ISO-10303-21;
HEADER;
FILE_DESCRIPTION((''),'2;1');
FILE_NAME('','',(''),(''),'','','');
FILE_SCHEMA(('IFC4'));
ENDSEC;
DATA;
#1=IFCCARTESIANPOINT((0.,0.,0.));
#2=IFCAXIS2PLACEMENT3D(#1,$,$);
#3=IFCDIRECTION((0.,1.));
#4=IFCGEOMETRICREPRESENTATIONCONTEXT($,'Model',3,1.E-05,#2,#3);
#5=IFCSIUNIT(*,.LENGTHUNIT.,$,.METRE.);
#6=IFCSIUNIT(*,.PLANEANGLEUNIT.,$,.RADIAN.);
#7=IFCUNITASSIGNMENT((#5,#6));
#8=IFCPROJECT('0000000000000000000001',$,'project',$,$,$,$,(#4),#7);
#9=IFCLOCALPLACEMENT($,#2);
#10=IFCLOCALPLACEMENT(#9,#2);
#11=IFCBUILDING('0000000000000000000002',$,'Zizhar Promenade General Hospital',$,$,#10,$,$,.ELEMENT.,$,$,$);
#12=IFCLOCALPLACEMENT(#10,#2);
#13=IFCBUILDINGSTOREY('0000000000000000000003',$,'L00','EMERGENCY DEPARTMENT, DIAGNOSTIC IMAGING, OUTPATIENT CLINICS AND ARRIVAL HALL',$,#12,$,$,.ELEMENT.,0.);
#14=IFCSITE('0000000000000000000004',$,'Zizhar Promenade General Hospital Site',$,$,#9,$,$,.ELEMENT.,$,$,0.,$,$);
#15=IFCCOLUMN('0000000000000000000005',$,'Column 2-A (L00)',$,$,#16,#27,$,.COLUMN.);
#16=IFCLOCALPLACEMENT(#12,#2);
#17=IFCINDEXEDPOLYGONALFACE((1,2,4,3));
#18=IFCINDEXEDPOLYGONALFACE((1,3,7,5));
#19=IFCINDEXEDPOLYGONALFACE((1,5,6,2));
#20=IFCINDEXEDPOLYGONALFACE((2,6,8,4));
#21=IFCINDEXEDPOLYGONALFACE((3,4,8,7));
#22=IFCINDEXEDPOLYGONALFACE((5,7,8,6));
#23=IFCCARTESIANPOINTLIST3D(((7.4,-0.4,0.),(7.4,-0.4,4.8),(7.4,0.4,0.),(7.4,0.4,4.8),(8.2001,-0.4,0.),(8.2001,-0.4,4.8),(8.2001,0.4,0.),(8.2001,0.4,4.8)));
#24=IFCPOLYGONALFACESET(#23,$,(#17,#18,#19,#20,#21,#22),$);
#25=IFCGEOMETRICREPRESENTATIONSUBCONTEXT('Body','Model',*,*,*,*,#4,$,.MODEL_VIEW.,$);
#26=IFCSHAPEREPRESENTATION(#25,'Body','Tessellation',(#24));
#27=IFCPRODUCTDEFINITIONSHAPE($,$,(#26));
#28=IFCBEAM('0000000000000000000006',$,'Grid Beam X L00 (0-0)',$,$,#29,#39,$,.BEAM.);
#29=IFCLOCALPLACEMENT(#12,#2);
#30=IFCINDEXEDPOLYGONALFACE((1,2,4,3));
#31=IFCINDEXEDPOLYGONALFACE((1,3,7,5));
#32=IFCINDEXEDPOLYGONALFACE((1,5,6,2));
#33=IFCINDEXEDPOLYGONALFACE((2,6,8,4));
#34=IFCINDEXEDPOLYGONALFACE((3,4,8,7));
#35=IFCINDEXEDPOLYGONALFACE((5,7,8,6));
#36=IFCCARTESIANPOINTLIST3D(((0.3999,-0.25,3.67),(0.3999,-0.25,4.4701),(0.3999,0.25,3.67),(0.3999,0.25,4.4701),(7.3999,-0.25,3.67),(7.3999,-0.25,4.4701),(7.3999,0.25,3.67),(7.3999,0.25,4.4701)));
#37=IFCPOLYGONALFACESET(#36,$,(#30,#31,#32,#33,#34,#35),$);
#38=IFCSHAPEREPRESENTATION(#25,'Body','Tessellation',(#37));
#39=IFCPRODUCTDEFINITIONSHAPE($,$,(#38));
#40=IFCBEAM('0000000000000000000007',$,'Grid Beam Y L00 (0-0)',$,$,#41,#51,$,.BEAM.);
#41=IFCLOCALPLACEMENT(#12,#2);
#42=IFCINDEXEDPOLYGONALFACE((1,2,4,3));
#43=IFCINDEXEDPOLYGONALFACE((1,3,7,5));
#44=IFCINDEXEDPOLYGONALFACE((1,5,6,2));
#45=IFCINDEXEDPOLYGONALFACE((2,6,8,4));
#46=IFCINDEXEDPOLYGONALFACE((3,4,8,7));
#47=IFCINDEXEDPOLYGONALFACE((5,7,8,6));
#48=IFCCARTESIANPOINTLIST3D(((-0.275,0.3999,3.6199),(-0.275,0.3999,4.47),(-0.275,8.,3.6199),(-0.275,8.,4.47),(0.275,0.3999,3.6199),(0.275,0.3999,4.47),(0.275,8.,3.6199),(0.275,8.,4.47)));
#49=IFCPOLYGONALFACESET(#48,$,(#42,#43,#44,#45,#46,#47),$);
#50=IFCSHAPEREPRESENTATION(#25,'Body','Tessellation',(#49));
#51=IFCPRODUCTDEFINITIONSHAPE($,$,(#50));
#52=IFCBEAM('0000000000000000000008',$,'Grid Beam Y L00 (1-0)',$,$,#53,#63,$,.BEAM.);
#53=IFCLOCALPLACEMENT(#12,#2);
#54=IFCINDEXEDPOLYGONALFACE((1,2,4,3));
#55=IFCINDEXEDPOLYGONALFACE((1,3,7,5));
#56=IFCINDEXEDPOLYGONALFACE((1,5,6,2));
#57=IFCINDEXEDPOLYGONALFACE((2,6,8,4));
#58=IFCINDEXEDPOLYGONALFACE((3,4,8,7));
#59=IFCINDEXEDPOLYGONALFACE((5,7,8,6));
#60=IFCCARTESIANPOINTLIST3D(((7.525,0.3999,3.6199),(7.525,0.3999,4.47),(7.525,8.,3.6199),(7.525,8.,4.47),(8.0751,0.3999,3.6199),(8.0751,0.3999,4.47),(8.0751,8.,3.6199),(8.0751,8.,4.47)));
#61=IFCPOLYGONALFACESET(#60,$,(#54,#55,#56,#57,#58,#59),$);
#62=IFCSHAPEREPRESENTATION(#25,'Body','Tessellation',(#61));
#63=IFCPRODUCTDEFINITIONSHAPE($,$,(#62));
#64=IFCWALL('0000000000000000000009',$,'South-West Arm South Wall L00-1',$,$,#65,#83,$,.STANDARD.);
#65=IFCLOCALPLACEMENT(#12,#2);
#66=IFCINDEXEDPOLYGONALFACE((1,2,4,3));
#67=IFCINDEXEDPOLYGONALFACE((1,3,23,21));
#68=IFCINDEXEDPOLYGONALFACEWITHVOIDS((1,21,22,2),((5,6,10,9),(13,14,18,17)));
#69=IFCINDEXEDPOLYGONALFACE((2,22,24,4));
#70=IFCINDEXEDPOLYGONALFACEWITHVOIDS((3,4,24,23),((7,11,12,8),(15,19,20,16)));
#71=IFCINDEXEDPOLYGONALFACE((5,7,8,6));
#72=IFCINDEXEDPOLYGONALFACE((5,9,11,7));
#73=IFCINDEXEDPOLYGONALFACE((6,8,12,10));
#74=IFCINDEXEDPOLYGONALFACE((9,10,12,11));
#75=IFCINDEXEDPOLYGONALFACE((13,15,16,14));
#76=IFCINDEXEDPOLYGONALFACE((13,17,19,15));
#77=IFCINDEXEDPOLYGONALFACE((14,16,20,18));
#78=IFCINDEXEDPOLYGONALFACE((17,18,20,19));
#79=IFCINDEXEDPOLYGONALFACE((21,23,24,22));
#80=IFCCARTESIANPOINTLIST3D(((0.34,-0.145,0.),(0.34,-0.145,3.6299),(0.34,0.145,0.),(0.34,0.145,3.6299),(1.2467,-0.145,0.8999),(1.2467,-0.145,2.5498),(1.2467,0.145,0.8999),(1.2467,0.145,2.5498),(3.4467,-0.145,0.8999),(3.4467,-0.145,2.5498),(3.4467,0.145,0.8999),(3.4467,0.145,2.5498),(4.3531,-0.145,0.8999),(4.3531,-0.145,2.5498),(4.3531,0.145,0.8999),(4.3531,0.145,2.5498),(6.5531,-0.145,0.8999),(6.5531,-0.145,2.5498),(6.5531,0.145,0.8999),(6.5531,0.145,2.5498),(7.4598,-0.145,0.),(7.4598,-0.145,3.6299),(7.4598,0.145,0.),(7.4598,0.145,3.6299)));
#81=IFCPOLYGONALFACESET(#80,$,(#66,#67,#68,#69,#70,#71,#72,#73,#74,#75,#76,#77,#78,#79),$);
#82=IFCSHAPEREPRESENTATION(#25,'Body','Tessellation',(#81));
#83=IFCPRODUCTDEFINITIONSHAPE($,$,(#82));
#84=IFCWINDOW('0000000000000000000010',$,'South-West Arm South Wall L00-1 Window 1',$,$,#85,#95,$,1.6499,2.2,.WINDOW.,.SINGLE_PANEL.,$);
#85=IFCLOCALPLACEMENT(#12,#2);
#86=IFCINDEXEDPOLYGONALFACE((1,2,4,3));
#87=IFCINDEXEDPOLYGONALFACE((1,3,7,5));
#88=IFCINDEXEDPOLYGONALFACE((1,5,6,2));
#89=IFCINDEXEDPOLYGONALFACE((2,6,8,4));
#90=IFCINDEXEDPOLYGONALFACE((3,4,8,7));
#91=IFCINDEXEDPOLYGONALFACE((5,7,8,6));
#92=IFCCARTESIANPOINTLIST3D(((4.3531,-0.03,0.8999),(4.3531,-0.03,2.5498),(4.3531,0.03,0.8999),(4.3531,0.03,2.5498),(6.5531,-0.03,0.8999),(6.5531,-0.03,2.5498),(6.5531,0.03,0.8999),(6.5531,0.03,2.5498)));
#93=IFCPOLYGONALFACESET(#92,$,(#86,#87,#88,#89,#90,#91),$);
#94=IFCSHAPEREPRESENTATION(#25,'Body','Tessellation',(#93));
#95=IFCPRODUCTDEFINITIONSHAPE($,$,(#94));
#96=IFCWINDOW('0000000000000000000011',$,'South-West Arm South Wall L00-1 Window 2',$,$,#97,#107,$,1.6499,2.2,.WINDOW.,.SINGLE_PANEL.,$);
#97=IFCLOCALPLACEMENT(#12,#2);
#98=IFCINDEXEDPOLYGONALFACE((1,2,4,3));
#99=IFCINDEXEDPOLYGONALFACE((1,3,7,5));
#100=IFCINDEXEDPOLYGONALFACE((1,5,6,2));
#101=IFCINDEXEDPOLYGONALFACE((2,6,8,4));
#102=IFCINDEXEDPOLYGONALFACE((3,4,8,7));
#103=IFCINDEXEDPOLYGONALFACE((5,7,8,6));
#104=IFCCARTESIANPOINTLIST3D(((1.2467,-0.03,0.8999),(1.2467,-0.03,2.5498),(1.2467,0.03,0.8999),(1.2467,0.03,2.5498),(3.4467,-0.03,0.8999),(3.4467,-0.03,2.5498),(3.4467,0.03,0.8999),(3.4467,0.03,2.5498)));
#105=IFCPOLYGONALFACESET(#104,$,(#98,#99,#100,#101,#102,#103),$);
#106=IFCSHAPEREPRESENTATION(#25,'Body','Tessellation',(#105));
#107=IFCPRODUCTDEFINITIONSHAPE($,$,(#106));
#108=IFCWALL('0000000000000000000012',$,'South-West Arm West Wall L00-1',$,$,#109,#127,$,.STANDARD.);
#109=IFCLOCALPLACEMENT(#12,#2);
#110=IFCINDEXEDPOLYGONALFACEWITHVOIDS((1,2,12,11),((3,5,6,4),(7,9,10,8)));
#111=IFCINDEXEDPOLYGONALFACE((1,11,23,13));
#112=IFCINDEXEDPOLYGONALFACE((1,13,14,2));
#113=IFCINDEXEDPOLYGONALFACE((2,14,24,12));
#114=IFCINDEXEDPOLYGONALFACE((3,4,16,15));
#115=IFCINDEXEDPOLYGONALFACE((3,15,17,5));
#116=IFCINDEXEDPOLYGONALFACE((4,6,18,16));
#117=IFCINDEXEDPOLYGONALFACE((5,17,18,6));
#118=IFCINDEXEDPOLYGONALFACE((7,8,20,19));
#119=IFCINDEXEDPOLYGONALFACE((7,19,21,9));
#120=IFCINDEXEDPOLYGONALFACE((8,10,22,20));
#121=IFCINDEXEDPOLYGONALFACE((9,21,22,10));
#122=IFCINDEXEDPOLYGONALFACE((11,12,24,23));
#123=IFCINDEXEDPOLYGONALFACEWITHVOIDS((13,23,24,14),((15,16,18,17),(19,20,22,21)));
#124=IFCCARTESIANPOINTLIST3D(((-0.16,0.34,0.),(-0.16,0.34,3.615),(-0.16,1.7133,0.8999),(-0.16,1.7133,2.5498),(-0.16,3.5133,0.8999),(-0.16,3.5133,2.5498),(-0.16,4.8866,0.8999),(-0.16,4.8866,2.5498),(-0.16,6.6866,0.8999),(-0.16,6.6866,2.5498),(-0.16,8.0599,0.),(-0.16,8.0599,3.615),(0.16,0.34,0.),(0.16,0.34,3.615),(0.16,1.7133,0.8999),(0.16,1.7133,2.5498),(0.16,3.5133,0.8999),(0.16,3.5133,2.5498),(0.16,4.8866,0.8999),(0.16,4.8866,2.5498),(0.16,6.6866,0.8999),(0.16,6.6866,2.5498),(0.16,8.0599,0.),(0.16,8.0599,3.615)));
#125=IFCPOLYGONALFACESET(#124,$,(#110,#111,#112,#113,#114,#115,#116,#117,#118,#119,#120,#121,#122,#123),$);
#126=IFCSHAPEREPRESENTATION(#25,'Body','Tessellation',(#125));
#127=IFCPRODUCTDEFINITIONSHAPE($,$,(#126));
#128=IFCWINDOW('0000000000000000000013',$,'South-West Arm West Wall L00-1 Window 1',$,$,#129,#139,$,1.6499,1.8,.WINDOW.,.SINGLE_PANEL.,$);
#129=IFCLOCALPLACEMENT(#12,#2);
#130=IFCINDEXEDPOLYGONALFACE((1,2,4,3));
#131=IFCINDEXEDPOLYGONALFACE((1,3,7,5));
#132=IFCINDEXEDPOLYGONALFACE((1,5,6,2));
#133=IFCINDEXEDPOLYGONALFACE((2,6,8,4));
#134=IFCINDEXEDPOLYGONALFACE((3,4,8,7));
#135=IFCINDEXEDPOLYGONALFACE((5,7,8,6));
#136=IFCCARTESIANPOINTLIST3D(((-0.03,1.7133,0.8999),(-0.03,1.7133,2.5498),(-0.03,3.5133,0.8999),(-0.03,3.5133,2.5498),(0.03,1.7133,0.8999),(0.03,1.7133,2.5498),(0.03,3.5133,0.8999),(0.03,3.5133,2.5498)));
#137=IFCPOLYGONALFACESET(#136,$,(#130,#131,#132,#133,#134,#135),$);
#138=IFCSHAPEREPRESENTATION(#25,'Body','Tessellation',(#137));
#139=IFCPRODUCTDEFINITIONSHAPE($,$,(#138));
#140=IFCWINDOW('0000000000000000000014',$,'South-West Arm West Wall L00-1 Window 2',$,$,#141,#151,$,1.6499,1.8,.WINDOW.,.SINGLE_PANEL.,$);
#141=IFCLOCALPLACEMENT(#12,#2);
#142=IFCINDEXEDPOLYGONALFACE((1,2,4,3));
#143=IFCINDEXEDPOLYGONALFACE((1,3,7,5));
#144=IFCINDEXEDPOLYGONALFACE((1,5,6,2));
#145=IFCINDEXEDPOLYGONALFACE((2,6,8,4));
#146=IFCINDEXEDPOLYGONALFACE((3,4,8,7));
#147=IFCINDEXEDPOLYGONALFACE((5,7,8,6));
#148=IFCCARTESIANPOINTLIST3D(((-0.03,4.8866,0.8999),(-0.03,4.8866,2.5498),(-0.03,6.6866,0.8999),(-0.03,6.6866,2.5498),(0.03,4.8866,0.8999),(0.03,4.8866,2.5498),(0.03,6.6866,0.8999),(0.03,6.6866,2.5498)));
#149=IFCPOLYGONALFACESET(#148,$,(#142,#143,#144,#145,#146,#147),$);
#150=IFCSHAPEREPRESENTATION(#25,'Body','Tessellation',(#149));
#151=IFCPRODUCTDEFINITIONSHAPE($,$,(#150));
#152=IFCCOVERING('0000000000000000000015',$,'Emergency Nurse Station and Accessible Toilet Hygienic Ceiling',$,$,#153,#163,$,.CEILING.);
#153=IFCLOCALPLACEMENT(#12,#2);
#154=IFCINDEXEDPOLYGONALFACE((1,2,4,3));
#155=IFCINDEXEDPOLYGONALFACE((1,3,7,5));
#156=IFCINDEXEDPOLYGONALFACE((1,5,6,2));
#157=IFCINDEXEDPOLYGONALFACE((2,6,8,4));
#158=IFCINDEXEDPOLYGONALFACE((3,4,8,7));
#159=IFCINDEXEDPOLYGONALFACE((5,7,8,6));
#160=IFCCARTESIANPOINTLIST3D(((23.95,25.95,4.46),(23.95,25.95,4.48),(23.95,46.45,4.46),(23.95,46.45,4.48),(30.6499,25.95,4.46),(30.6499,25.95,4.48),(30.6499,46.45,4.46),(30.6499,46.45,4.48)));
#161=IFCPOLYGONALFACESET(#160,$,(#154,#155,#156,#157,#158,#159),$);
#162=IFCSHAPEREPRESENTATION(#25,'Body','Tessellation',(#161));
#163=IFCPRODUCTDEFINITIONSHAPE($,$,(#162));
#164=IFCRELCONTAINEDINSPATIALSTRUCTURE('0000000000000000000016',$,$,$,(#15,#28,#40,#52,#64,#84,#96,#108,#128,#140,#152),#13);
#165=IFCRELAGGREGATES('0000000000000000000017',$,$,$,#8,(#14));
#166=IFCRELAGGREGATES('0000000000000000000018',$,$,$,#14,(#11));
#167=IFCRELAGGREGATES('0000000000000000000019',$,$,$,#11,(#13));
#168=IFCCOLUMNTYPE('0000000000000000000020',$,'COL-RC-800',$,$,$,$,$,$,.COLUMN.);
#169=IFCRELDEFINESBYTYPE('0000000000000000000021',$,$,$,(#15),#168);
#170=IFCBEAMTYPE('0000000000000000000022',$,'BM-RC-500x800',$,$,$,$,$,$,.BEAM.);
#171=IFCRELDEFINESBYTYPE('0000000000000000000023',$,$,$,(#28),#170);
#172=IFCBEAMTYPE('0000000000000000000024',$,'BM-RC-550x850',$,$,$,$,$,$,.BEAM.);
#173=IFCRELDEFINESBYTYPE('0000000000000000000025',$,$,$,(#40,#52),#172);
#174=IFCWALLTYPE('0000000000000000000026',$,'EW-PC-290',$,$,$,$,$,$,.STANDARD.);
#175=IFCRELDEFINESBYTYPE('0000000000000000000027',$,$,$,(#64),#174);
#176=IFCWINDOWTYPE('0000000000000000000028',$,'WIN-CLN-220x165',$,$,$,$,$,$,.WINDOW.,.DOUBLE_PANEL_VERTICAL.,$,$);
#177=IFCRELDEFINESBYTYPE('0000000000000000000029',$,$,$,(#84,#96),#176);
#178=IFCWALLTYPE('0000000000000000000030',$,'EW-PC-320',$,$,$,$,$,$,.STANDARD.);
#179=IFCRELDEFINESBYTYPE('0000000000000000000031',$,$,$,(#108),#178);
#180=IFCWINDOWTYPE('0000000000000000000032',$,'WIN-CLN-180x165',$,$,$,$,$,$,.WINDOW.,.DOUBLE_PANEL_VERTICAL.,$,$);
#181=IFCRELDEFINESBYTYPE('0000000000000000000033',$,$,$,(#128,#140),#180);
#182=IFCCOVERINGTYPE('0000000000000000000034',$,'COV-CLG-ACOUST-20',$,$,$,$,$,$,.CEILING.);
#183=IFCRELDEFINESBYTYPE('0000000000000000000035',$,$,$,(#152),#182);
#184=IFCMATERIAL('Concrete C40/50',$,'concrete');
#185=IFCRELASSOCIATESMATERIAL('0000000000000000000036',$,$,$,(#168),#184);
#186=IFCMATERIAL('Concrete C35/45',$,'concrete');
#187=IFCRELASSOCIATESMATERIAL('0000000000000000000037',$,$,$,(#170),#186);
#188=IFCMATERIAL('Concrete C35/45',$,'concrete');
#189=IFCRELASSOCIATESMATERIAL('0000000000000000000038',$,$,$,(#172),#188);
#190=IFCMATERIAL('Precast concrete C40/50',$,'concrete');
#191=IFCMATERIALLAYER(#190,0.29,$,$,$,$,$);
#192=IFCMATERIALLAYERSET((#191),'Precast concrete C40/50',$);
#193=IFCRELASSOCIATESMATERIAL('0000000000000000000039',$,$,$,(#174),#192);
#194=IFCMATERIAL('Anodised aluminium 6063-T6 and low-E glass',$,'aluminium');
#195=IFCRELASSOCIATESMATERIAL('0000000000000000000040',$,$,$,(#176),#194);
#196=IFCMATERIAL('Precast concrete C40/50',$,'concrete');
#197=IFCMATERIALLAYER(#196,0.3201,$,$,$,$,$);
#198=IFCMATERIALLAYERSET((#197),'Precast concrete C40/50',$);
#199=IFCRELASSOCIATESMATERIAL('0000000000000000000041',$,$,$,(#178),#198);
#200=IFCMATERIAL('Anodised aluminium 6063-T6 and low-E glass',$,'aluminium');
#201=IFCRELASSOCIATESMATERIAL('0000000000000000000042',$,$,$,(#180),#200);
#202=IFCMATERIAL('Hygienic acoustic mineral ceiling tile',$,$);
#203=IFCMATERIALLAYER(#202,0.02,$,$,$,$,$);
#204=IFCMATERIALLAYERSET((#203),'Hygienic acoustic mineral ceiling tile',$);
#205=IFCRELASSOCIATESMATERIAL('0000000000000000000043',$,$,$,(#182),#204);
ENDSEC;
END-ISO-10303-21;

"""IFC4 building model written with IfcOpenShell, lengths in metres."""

from ifc_helpers import new_model, si_unit, direction, frame, frame_2d, origin, origin_2d, place, context, subcontext, project, spatial, polyline, rectangle, outline, extrude, material, layer, layer_set, material_profile, profile_set, type_object, element, fill, save


model = new_model("IFC4")

# Units and contexts
model_context = context("Model", 3, precision=1e-05, world=origin(), true_north=direction((0.0, 1.0)))
body_context = subcontext(model_context, "Body", "Model", "MODEL_VIEW")
ifc_project = project(units=[si_unit("LENGTHUNIT", "METRE"), si_unit("PLANEANGLEUNIT", "RADIAN")], contexts=[model_context])

# Site, building, storey
site_placement = place(None, origin())
site = spatial("IfcSite", under=ifc_project, at=site_placement, Name="Zizhar Promenade General Hospital Site", CompositionType="ELEMENT", RefElevation=0.0)
building_placement = place(site_placement, origin())
building = spatial("IfcBuilding", under=site, at=building_placement, Name="Zizhar Promenade General Hospital", CompositionType="ELEMENT")
storey_placement = place(building_placement, origin())
storey = spatial("IfcBuildingStorey", under=building, at=storey_placement, Name="L00", Description="EMERGENCY DEPARTMENT, DIAGNOSTIC IMAGING, OUTPATIENT CLINICS AND ARRIVAL HALL", CompositionType="ELEMENT", Elevation=0.0)

# Column
ifc_material_1 = material(Name="Concrete C40/50", Category="concrete")
ifc_material_profile_1 = material_profile(ifc_material_1, rectangle(XDim=0.8, YDim=0.8, at=origin_2d()))
ifc_profile_set_1 = profile_set([ifc_material_profile_1], Name="Concrete C40/50")
column_type = type_object("IfcColumnType", Name="COL-RC-800", PredefinedType="COLUMN", material=ifc_profile_set_1)
column_placement = place(storey_placement, frame((7.8, 0.0, 0.0), z_axis=(0.0, 0.0, 1.0), x_axis=(1.0, 0.0, 0.0)))
element("IfcColumn", 1, at=column_placement, inside=storey, type_object=column_type, Name="Column 2-A (L00)", PredefinedType="COLUMN", context=body_context, shape_type="SweptSolid", body=[
    extrude(rectangle(XDim=0.8, YDim=0.8, at=origin_2d()), origin(), (0.0, 0.0, 1.0), 4.8),
])

# Beams
ifc_material_2 = material(Name="Concrete C35/45", Category="concrete")
ifc_material_profile_2 = material_profile(ifc_material_2, rectangle(XDim=0.5, YDim=0.8, at=origin_2d()))
ifc_profile_set_2 = profile_set([ifc_material_profile_2], Name="Concrete C35/45")
beam_type_1 = type_object("IfcBeamType", Name="BM-RC-500x800", PredefinedType="BEAM", material=ifc_profile_set_2)
beam_placement = place(storey_placement, frame((0.3999, 0.0, 4.0701), z_axis=(1.0, 0.0, 0.0), x_axis=(0.0, 1.0, 0.0)))
element("IfcBeam", 2, at=beam_placement, inside=storey, type_object=beam_type_1, Name="Grid Beam X L00 (0-0)", PredefinedType="BEAM", context=body_context, shape_type="SweptSolid", body=[
    extrude(rectangle(XDim=0.5, YDim=0.8, at=origin_2d()), origin(), (0.0, 0.0, 1.0), 7.0),
])
ifc_material_3 = material(Name="Concrete C35/45", Category="concrete")
ifc_material_profile_3 = material_profile(ifc_material_3, rectangle(XDim=0.55, YDim=0.8501, at=origin_2d()))
ifc_profile_set_3 = profile_set([ifc_material_profile_3], Name="Concrete C35/45")
beam_type_2 = type_object("IfcBeamType", Name="BM-RC-550x850", PredefinedType="BEAM", material=ifc_profile_set_3)
for number, where, z_axis, x_axis, name in (
    (3, (0.0, 0.3999, 4.0449), (0.0, 1.0, 0.0), (-1.0, 0.0, 0.0), "Grid Beam Y L00 (0-0)"),
    (4, (7.8, 0.3999, 4.0449), (0.0, 1.0, 0.0), (-1.0, 0.0, 0.0), "Grid Beam Y L00 (1-0)"),
):
    element("IfcBeam", number, at=place(storey_placement, frame(where, z_axis=z_axis, x_axis=x_axis)), inside=storey, type_object=beam_type_2, Name=name, PredefinedType="BEAM", context=body_context, shape_type="SweptSolid", body=[
        extrude(rectangle(XDim=0.55, YDim=0.8501, at=origin_2d()), origin(), (0.0, 0.0, 1.0), 7.6001),
    ])

# Walls, openings, windows
ifc_material_4 = material(Name="Precast concrete C40/50", Category="concrete")
ifc_layer_1 = layer(ifc_material_4, 0.29)
ifc_layer_set_1 = layer_set([ifc_layer_1], Name="Precast concrete C40/50")
wall_type_1 = type_object("IfcWallType", Name="EW-PC-290", PredefinedType="STANDARD", material=ifc_layer_set_1)
wall_1_placement = place(storey_placement, frame((7.46, 0.0, 0.0), z_axis=(0.0, 0.0, 1.0), x_axis=(-1.0, 0.0, 0.0)))
wall_1 = element("IfcWall", 5, at=wall_1_placement, inside=storey, type_object=wall_type_1, Name="South-West Arm South Wall L00-1", PredefinedType="STANDARD", context=body_context, shape_type="SweptSolid", body=[
    extrude(rectangle(XDim=7.1199, YDim=0.29, at=frame_2d((3.5601, 0.0))), origin(), (0.0, 0.0, 1.0), 3.6299),
])
opening_1_placement = place(wall_1_placement, frame((0.9067, 0.0, 0.8999)))
opening_1 = element("IfcOpeningElement", 6, at=opening_1_placement, cuts=wall_1, PredefinedType="OPENING", context=body_context, shape_type="SweptSolid", body=[
    extrude(rectangle(XDim=2.2, YDim=1.6499, at=frame_2d((1.1001, 0.825))), frame((0.0, 0.155, 0.0), z_axis=(0.0, -1.0, 0.0), x_axis=(1.0, 0.0, 0.0)), (0.0, 0.0, 1.0), 0.3101),
])
opening_2_placement = place(wall_1_placement, frame((4.0132, 0.0, 0.8999)))
opening_2 = element("IfcOpeningElement", 7, at=opening_2_placement, cuts=wall_1, PredefinedType="OPENING", context=body_context, shape_type="SweptSolid", body=[
    extrude(rectangle(XDim=2.2, YDim=1.6499, at=frame_2d((1.1001, 0.825))), frame((0.0, 0.155, 0.0), z_axis=(0.0, -1.0, 0.0), x_axis=(1.0, 0.0, 0.0)), (0.0, 0.0, 1.0), 0.3101),
])
ifc_material_5 = material(Name="Anodised aluminium 6063-T6 and low-E glass", Category="aluminium")
window_type_1 = type_object("IfcWindowType", Name="WIN-CLN-220x165", PartitioningType="DOUBLE_PANEL_VERTICAL", PredefinedType="WINDOW", material=ifc_material_5)
window_1_placement = place(opening_1_placement, origin())
window_1 = element("IfcWindow", 8, at=window_1_placement, inside=storey, type_object=window_type_1, Name="South-West Arm South Wall L00-1 Window 1", OverallHeight=1.6499, OverallWidth=2.2, PartitioningType="SINGLE_PANEL", PredefinedType="WINDOW", context=body_context, shape_type="SweptSolid", body=[
    extrude(rectangle(XDim=2.2, YDim=1.6499, at=frame_2d((1.1001, 0.825))), frame((0.0, 0.03, 0.0), z_axis=(0.0, -1.0, 0.0), x_axis=(1.0, 0.0, 0.0)), (0.0, 0.0, 1.0), 0.0601),
])
fill(opening_1, window_1)
window_2_placement = place(opening_2_placement, origin())
window_2 = element("IfcWindow", 9, at=window_2_placement, inside=storey, type_object=window_type_1, Name="South-West Arm South Wall L00-1 Window 2", OverallHeight=1.6499, OverallWidth=2.2, PartitioningType="SINGLE_PANEL", PredefinedType="WINDOW", context=body_context, shape_type="SweptSolid", body=[
    extrude(rectangle(XDim=2.2, YDim=1.6499, at=frame_2d((1.1001, 0.825))), frame((0.0, 0.03, 0.0), z_axis=(0.0, -1.0, 0.0), x_axis=(1.0, 0.0, 0.0)), (0.0, 0.0, 1.0), 0.0601),
])
fill(opening_2, window_2)
ifc_material_6 = material(Name="Precast concrete C40/50", Category="concrete")
ifc_layer_2 = layer(ifc_material_6, 0.3201)
ifc_layer_set_2 = layer_set([ifc_layer_2], Name="Precast concrete C40/50")
wall_type_2 = type_object("IfcWallType", Name="EW-PC-320", PredefinedType="STANDARD", material=ifc_layer_set_2)
wall_2_placement = place(storey_placement, frame((0.0, 0.3401, 0.0), z_axis=(0.0, 0.0, 1.0), x_axis=(0.0, 1.0, 0.0)))
wall_2 = element("IfcWall", 10, at=wall_2_placement, inside=storey, type_object=wall_type_2, Name="South-West Arm West Wall L00-1", PredefinedType="STANDARD", context=body_context, shape_type="SweptSolid", body=[
    extrude(rectangle(XDim=7.72, YDim=0.3201, at=frame_2d((3.8599, 0.0))), origin(), (0.0, 0.0, 1.0), 3.615),
])
opening_3_placement = place(wall_2_placement, frame((1.3733, 0.0, 0.8999)))
opening_3 = element("IfcOpeningElement", 11, at=opening_3_placement, cuts=wall_2, PredefinedType="OPENING", context=body_context, shape_type="SweptSolid", body=[
    extrude(rectangle(XDim=1.8, YDim=1.6499, at=frame_2d((0.8999, 0.825))), frame((0.0, 0.1699, 0.0), z_axis=(0.0, -1.0, 0.0), x_axis=(1.0, 0.0, 0.0)), (0.0, 0.0, 1.0), 0.3401),
])
opening_4_placement = place(wall_2_placement, frame((4.5466, 0.0, 0.8999)))
opening_4 = element("IfcOpeningElement", 12, at=opening_4_placement, cuts=wall_2, PredefinedType="OPENING", context=body_context, shape_type="SweptSolid", body=[
    extrude(rectangle(XDim=1.8, YDim=1.6499, at=frame_2d((0.8999, 0.825))), frame((0.0, 0.1699, 0.0), z_axis=(0.0, -1.0, 0.0), x_axis=(1.0, 0.0, 0.0)), (0.0, 0.0, 1.0), 0.3401),
])
ifc_material_7 = material(Name="Anodised aluminium 6063-T6 and low-E glass", Category="aluminium")
window_type_2 = type_object("IfcWindowType", Name="WIN-CLN-180x165", PartitioningType="DOUBLE_PANEL_VERTICAL", PredefinedType="WINDOW", material=ifc_material_7)
window_3_placement = place(opening_3_placement, origin())
window_3 = element("IfcWindow", 13, at=window_3_placement, inside=storey, type_object=window_type_2, Name="South-West Arm West Wall L00-1 Window 1", OverallHeight=1.6499, OverallWidth=1.8, PartitioningType="SINGLE_PANEL", PredefinedType="WINDOW", context=body_context, shape_type="SweptSolid", body=[
    extrude(rectangle(XDim=1.8, YDim=1.6499, at=frame_2d((0.8999, 0.825))), frame((0.0, 0.03, 0.0), z_axis=(0.0, -1.0, 0.0), x_axis=(1.0, 0.0, 0.0)), (0.0, 0.0, 1.0), 0.0601),
])
fill(opening_3, window_3)
window_4_placement = place(opening_4_placement, origin())
window_4 = element("IfcWindow", 14, at=window_4_placement, inside=storey, type_object=window_type_2, Name="South-West Arm West Wall L00-1 Window 2", OverallHeight=1.6499, OverallWidth=1.8, PartitioningType="SINGLE_PANEL", PredefinedType="WINDOW", context=body_context, shape_type="SweptSolid", body=[
    extrude(rectangle(XDim=1.8, YDim=1.6499, at=frame_2d((0.8999, 0.825))), frame((0.0, 0.03, 0.0), z_axis=(0.0, -1.0, 0.0), x_axis=(1.0, 0.0, 0.0)), (0.0, 0.0, 1.0), 0.0601),
])
fill(opening_4, window_4)

# Covering
ifc_material_8 = material(Name="Hygienic acoustic mineral ceiling tile")
ifc_layer_3 = layer(ifc_material_8, 0.02)
ifc_layer_set_3 = layer_set([ifc_layer_3], Name="Hygienic acoustic mineral ceiling tile")
covering_type_1 = type_object("IfcCoveringType", Name="COV-CLG-ACOUST-20", PredefinedType="CEILING", material=ifc_layer_set_3)
covering_1_placement = place(storey_placement, frame((0.0, 0.0, 4.46)))
element("IfcCovering", 15, at=covering_1_placement, inside=storey, type_object=covering_type_1, Name="Emergency Nurse Station and Accessible Toilet Hygienic Ceiling", PredefinedType="CEILING", context=body_context, shape_type="SweptSolid", body=[
    extrude(outline(polyline([(23.95, 25.95), (30.6499, 25.95), (30.6499, 46.45), (23.95, 46.45), (23.95, 25.95)])), origin(), (0.0, 0.0, 1.0), 0.02),
])

save(model, "model.ifc")
